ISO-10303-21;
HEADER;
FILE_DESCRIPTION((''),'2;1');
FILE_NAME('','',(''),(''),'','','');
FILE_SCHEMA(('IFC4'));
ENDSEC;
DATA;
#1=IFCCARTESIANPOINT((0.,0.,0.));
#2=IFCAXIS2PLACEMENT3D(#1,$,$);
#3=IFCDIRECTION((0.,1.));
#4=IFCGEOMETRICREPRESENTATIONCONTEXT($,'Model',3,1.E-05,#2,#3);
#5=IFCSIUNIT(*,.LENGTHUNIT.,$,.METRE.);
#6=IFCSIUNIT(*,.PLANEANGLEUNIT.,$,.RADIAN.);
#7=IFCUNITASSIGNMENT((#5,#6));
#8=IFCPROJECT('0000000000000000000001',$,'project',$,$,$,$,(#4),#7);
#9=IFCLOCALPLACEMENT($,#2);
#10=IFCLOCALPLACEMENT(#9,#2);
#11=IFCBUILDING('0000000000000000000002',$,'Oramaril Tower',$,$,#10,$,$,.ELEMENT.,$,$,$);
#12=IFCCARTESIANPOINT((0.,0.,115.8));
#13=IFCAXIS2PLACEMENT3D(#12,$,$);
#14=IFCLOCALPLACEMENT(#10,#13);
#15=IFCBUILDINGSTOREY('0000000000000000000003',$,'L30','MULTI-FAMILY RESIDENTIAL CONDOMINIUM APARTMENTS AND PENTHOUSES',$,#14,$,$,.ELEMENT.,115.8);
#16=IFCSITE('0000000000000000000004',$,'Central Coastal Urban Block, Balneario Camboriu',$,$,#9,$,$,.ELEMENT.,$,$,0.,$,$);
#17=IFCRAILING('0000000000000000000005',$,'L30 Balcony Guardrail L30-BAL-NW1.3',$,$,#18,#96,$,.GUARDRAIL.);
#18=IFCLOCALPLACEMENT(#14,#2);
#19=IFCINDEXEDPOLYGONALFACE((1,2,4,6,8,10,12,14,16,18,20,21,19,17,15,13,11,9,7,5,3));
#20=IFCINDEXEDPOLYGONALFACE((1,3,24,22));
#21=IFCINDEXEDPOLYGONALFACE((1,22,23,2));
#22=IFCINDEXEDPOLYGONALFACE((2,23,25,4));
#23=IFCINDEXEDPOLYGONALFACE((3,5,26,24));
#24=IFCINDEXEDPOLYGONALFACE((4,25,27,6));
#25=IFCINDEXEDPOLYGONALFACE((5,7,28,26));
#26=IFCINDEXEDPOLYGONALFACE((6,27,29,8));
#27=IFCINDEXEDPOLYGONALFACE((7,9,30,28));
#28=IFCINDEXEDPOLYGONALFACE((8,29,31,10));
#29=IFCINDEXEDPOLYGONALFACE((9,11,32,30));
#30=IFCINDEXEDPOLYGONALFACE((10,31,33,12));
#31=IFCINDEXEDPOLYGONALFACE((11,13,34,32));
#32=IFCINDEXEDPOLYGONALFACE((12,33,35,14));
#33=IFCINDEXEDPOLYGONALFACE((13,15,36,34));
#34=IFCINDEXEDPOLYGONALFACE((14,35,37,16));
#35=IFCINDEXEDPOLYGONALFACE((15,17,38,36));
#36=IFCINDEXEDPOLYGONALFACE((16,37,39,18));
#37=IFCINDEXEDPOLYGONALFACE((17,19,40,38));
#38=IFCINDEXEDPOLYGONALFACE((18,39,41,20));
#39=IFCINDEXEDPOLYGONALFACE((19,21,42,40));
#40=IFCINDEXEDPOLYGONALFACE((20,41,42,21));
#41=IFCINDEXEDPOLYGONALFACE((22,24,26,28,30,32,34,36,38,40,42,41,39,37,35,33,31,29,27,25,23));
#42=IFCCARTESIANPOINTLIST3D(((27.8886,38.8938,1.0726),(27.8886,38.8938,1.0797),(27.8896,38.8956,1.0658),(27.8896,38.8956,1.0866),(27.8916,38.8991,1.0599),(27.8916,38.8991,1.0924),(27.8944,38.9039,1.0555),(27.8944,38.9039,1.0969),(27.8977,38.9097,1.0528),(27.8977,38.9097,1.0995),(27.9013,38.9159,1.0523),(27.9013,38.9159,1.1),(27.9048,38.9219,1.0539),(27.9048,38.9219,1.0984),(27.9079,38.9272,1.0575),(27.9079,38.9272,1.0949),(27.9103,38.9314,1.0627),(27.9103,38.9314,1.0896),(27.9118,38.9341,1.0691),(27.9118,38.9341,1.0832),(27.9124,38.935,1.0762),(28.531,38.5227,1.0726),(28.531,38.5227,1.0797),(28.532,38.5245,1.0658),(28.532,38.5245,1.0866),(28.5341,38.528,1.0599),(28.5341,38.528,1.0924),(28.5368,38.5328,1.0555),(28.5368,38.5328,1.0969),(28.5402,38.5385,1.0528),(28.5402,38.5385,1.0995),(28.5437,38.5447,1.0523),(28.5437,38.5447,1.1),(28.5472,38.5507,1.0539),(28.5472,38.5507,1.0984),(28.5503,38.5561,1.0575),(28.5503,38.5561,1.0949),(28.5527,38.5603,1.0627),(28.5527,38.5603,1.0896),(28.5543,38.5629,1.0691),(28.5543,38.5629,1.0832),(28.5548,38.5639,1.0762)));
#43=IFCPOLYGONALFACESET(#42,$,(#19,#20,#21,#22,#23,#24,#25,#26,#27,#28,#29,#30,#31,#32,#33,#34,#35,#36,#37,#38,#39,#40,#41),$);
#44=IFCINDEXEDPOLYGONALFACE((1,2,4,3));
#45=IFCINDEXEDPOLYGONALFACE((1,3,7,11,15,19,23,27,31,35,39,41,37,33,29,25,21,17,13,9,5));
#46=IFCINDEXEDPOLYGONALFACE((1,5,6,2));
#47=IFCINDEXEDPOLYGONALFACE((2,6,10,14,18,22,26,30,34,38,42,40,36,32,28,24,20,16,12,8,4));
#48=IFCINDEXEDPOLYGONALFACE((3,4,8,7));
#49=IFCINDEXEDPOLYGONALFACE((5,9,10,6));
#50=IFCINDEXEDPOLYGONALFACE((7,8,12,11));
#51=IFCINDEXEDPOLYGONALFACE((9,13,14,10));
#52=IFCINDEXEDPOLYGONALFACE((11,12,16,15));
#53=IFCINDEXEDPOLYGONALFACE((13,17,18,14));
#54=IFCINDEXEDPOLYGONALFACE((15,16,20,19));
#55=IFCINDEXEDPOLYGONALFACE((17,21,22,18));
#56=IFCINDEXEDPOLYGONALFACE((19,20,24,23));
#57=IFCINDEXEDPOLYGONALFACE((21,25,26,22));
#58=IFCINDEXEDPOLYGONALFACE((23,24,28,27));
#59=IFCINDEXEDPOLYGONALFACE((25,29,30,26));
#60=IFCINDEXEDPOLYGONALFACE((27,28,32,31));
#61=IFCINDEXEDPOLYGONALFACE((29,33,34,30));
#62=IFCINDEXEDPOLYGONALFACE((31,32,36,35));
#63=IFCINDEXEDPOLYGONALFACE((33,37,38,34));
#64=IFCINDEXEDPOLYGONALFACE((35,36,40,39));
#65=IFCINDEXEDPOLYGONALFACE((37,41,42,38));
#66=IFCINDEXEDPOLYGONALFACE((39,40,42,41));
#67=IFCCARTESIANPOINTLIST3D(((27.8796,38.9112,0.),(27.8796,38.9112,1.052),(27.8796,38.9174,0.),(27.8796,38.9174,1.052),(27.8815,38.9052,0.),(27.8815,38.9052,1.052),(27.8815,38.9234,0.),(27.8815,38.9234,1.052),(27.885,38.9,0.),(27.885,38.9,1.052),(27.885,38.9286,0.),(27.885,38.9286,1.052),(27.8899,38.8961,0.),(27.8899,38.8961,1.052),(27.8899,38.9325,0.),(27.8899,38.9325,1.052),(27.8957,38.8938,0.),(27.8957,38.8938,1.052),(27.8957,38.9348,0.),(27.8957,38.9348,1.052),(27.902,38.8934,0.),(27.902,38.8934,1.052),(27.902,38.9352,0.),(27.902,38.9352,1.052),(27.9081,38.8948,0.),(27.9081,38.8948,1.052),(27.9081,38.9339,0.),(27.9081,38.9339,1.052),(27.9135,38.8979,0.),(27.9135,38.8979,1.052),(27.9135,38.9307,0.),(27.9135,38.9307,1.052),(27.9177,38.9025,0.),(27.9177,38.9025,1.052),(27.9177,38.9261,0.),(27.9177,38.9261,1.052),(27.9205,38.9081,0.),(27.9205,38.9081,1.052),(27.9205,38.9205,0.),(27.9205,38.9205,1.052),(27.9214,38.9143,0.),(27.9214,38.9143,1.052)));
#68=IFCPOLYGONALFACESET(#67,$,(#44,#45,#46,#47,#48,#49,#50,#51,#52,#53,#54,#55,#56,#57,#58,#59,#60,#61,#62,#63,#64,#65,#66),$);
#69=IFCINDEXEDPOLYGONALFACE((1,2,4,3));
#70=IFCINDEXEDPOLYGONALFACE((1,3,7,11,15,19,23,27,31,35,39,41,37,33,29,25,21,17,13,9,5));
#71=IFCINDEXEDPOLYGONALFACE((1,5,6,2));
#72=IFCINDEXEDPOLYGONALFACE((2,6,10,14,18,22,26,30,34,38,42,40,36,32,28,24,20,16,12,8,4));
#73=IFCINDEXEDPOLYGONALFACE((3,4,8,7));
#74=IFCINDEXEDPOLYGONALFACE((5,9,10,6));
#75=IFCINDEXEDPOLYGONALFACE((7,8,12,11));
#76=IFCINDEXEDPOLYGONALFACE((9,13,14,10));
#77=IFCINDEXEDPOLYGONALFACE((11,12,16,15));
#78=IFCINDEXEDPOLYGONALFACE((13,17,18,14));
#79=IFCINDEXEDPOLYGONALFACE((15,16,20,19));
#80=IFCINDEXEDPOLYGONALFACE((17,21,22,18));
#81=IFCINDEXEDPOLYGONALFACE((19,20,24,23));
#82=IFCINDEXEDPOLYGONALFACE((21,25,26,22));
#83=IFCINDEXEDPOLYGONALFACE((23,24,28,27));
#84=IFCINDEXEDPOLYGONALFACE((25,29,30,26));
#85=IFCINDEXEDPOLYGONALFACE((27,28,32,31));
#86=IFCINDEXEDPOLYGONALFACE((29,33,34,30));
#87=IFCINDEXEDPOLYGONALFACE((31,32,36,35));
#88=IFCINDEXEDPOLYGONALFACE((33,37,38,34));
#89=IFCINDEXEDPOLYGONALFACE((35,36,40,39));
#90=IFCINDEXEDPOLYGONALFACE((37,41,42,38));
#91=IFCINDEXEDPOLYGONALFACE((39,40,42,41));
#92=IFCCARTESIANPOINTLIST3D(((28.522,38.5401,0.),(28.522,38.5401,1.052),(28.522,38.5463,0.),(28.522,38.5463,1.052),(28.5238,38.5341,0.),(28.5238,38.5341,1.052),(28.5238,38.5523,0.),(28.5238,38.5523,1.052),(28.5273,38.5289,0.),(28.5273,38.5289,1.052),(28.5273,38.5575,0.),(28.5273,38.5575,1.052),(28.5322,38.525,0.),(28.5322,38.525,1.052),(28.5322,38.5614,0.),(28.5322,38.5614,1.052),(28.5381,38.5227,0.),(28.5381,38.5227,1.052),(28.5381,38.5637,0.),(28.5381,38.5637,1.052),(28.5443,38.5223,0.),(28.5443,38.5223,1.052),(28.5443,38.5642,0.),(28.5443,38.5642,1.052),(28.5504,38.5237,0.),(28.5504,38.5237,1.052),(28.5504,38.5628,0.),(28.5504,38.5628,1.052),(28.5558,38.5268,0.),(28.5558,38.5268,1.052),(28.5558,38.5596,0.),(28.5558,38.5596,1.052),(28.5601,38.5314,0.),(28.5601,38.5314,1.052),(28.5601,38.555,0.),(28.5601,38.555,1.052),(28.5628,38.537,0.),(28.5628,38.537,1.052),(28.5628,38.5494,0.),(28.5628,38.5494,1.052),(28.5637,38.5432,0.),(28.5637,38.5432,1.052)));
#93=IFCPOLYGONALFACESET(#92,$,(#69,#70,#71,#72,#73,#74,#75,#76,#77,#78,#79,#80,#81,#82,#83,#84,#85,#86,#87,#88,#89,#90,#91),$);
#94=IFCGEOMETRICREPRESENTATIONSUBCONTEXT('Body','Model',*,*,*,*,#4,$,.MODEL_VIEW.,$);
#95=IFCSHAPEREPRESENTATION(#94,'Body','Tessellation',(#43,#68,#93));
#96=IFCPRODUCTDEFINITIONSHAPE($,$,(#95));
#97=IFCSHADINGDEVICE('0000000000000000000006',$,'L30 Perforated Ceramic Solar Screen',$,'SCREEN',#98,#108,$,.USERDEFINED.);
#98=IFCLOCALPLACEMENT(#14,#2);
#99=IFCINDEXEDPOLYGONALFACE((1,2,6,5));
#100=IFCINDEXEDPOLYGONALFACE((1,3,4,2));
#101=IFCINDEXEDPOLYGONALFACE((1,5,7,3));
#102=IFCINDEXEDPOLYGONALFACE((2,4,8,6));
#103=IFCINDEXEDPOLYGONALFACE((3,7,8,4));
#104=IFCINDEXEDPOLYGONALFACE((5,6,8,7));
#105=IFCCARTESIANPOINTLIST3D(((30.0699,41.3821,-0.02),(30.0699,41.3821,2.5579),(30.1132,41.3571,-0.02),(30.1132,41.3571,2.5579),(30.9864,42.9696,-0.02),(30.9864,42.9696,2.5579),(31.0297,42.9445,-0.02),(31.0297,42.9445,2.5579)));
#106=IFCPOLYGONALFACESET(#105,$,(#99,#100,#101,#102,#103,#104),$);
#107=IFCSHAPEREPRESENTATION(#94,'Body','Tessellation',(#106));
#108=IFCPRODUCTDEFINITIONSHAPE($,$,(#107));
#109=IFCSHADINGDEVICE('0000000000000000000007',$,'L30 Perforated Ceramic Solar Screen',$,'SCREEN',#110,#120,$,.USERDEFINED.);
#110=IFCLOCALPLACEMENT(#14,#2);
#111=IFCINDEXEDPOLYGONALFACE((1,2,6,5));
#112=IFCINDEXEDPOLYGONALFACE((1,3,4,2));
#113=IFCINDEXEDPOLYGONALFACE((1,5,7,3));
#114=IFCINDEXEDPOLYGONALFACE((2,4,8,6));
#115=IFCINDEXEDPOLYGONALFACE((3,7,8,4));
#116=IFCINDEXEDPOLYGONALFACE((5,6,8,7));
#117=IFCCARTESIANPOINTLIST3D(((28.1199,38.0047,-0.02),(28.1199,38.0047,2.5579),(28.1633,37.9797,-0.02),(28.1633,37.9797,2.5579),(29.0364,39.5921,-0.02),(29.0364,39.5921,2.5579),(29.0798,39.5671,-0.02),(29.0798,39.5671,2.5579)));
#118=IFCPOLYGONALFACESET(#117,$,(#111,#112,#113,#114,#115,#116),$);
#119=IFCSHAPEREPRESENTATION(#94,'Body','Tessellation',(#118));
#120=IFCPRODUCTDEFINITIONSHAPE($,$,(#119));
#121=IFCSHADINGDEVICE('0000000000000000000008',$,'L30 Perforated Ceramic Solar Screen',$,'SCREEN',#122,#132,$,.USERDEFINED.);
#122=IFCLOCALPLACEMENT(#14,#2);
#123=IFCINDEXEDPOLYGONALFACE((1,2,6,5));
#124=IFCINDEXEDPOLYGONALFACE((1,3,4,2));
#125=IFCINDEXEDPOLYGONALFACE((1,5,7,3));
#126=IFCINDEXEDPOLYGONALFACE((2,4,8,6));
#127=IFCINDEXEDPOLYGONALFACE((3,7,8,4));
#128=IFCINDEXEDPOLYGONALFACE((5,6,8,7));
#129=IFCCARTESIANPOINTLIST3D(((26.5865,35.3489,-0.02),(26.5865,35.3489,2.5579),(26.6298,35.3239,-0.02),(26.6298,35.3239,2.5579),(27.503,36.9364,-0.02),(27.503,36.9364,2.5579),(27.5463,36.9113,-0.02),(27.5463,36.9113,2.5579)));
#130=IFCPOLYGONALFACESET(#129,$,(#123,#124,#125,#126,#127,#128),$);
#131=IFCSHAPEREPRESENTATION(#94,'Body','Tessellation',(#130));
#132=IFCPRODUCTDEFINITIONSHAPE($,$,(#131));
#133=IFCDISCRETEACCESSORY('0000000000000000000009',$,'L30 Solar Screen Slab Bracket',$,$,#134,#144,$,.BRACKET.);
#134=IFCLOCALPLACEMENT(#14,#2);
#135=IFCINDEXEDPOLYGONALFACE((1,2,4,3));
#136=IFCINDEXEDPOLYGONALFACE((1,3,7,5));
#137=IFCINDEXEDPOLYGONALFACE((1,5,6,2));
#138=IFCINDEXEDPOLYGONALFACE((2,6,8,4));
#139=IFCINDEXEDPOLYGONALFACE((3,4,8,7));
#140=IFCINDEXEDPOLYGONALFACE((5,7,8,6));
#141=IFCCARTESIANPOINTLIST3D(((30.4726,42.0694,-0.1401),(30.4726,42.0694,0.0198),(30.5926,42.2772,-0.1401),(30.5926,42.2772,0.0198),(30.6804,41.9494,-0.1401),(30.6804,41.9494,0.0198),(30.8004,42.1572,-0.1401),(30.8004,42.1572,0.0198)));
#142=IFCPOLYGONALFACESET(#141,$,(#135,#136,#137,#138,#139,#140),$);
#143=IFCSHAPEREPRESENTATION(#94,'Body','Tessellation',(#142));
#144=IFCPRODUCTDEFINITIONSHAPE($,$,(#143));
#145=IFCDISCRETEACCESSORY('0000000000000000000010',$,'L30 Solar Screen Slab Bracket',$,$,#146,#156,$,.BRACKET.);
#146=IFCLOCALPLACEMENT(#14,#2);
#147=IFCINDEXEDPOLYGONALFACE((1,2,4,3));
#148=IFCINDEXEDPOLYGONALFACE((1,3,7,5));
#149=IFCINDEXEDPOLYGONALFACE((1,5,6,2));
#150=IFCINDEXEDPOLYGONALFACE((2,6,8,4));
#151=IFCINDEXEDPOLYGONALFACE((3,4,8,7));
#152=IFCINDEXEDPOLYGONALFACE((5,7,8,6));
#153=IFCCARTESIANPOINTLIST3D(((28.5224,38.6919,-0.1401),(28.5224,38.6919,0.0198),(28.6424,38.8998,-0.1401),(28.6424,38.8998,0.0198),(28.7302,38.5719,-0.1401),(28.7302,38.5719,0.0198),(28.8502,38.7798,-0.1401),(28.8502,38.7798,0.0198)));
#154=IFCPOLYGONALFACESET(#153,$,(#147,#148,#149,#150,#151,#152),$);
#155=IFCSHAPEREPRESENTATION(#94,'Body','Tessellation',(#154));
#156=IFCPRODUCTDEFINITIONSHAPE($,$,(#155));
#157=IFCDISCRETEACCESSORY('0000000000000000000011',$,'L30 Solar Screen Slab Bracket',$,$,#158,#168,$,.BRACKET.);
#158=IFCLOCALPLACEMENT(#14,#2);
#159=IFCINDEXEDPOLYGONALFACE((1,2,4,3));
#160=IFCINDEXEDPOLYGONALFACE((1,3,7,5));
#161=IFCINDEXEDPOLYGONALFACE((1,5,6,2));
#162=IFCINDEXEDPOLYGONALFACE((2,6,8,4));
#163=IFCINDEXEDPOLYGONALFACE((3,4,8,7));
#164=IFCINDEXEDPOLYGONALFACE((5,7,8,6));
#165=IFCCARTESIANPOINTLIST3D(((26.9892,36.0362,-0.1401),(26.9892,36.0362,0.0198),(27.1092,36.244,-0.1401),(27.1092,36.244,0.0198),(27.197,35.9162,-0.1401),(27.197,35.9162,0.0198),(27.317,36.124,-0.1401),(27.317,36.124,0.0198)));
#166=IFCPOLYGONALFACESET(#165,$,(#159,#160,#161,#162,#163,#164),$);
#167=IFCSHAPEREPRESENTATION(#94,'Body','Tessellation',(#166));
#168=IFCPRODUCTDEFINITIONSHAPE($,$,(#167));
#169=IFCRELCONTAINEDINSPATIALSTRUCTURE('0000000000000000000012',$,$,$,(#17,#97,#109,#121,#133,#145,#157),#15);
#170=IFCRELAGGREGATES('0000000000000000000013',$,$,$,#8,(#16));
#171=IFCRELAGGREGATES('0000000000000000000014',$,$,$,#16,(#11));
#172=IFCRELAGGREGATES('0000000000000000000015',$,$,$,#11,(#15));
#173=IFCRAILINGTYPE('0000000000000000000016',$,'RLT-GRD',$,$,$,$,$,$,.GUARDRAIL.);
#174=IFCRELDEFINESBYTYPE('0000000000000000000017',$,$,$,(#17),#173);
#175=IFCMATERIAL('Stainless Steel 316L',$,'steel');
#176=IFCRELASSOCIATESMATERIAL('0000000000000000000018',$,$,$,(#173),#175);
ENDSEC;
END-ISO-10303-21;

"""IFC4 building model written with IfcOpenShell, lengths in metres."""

from ifc_helpers import new_model, si_unit, direction, frame, origin, origin_2d, place, context, subcontext, project, spatial, rectangle, circle, extrude, material, type_object, element, save


model = new_model("IFC4")

# Units and contexts
model_context = context("Model", 3, precision=1e-05, world=origin(), true_north=direction((0.0, 1.0)))
body_context = subcontext(model_context, "Body", "Model", "MODEL_VIEW")
ifc_project = project(units=[si_unit("LENGTHUNIT", "METRE"), si_unit("PLANEANGLEUNIT", "RADIAN")], contexts=[model_context])

# Site, building, storey
site_placement = place(None, origin())
site = spatial("IfcSite", under=ifc_project, at=site_placement, Name="Central Coastal Urban Block, Balneario Camboriu", CompositionType="ELEMENT", RefElevation=0.0)
building_placement = place(site_placement, origin())
building = spatial("IfcBuilding", under=site, at=building_placement, Name="Oramaril Tower", CompositionType="ELEMENT")
storey_placement = place(building_placement, frame((0.0, 0.0, 115.8)))
storey = spatial("IfcBuildingStorey", under=building, at=storey_placement, Name="L30", Description="MULTI-FAMILY RESIDENTIAL CONDOMINIUM APARTMENTS AND PENTHOUSES", CompositionType="ELEMENT", Elevation=115.8)

# Railing
ifc_material_1 = material(Name="Stainless Steel 316L", Category="steel")
railing_type = type_object("IfcRailingType", Name="RLT-GRD", PredefinedType="GUARDRAIL", material=ifc_material_1)
railing_1_placement = place(storey_placement, frame((27.9004, 38.9143, 0.0)))
element("IfcRailing", 1, at=railing_1_placement, inside=storey, type_object=railing_type, Name="L30 Balcony Guardrail L30-BAL-NW1.3", PredefinedType="GUARDRAIL", context=body_context, shape_type="SweptSolid", body=[
    extrude(circle(Radius=0.0239, at=origin_2d()), frame((0.0, 0.0, 1.0762), z_axis=(0.865884, -0.500245, 0.0), x_axis=(0.500245, 0.865884, 0.0)), (0.0, 0.0, 1.0), 0.7419),
    extrude(circle(Radius=0.021, at=origin_2d()), origin(), (0.0, 0.0, 1.0), 1.052),
    extrude(circle(Radius=0.021, at=origin_2d()), frame((0.6423, -0.3711, 0.0)), (0.0, 0.0, 1.0), 1.052),
])

# Shading devices
for number, where, z_axis, x_axis, name in (
    (2, (30.5498, 42.1633, -0.02), (0.0, 0.0, 1.0), (-0.5, -0.866025, 0.0), "L30 Perforated Ceramic Solar Screen"),
    (3, (28.5999, 38.7859, -0.02), (0.0, 0.0, 1.0), (-0.5, -0.866025, 0.0), "L30 Perforated Ceramic Solar Screen"),
    (4, (27.0664, 36.1301, -0.02), (0.0, 0.0, 1.0), (-0.5, -0.866025, 0.0), "L30 Perforated Ceramic Solar Screen"),
):
    element("IfcShadingDevice", number, at=place(storey_placement, frame(where, z_axis=z_axis, x_axis=x_axis)), inside=storey, Name=name, ObjectType="SCREEN", PredefinedType="USERDEFINED", context=body_context, shape_type="SweptSolid", body=[
        extrude(rectangle(XDim=1.833, YDim=0.05, at=origin_2d()), origin(), (0.0, 0.0, 1.0), 2.5779),
    ])

# Discrete accessories
for number, where, z_axis, x_axis, name in (
    (5, (30.6365, 42.1133, -0.1401), (0.0, 0.0, 1.0), (-0.5, -0.866025, 0.0), "L30 Solar Screen Slab Bracket"),
    (6, (28.6863, 38.7358, -0.1401), (0.0, 0.0, 1.0), (-0.5, -0.866025, 0.0), "L30 Solar Screen Slab Bracket"),
    (7, (27.1531, 36.0801, -0.1401), (0.0, 0.0, 1.0), (-0.5, -0.866025, 0.0), "L30 Solar Screen Slab Bracket"),
):
    element("IfcDiscreteAccessory", number, at=place(storey_placement, frame(where, z_axis=z_axis, x_axis=x_axis)), inside=storey, Name=name, PredefinedType="BRACKET", context=body_context, shape_type="SweptSolid", body=[
        extrude(rectangle(XDim=0.24, YDim=0.24, at=origin_2d()), origin(), (0.0, 0.0, 1.0), 0.1599),
    ])

save(model, "model.ifc")
